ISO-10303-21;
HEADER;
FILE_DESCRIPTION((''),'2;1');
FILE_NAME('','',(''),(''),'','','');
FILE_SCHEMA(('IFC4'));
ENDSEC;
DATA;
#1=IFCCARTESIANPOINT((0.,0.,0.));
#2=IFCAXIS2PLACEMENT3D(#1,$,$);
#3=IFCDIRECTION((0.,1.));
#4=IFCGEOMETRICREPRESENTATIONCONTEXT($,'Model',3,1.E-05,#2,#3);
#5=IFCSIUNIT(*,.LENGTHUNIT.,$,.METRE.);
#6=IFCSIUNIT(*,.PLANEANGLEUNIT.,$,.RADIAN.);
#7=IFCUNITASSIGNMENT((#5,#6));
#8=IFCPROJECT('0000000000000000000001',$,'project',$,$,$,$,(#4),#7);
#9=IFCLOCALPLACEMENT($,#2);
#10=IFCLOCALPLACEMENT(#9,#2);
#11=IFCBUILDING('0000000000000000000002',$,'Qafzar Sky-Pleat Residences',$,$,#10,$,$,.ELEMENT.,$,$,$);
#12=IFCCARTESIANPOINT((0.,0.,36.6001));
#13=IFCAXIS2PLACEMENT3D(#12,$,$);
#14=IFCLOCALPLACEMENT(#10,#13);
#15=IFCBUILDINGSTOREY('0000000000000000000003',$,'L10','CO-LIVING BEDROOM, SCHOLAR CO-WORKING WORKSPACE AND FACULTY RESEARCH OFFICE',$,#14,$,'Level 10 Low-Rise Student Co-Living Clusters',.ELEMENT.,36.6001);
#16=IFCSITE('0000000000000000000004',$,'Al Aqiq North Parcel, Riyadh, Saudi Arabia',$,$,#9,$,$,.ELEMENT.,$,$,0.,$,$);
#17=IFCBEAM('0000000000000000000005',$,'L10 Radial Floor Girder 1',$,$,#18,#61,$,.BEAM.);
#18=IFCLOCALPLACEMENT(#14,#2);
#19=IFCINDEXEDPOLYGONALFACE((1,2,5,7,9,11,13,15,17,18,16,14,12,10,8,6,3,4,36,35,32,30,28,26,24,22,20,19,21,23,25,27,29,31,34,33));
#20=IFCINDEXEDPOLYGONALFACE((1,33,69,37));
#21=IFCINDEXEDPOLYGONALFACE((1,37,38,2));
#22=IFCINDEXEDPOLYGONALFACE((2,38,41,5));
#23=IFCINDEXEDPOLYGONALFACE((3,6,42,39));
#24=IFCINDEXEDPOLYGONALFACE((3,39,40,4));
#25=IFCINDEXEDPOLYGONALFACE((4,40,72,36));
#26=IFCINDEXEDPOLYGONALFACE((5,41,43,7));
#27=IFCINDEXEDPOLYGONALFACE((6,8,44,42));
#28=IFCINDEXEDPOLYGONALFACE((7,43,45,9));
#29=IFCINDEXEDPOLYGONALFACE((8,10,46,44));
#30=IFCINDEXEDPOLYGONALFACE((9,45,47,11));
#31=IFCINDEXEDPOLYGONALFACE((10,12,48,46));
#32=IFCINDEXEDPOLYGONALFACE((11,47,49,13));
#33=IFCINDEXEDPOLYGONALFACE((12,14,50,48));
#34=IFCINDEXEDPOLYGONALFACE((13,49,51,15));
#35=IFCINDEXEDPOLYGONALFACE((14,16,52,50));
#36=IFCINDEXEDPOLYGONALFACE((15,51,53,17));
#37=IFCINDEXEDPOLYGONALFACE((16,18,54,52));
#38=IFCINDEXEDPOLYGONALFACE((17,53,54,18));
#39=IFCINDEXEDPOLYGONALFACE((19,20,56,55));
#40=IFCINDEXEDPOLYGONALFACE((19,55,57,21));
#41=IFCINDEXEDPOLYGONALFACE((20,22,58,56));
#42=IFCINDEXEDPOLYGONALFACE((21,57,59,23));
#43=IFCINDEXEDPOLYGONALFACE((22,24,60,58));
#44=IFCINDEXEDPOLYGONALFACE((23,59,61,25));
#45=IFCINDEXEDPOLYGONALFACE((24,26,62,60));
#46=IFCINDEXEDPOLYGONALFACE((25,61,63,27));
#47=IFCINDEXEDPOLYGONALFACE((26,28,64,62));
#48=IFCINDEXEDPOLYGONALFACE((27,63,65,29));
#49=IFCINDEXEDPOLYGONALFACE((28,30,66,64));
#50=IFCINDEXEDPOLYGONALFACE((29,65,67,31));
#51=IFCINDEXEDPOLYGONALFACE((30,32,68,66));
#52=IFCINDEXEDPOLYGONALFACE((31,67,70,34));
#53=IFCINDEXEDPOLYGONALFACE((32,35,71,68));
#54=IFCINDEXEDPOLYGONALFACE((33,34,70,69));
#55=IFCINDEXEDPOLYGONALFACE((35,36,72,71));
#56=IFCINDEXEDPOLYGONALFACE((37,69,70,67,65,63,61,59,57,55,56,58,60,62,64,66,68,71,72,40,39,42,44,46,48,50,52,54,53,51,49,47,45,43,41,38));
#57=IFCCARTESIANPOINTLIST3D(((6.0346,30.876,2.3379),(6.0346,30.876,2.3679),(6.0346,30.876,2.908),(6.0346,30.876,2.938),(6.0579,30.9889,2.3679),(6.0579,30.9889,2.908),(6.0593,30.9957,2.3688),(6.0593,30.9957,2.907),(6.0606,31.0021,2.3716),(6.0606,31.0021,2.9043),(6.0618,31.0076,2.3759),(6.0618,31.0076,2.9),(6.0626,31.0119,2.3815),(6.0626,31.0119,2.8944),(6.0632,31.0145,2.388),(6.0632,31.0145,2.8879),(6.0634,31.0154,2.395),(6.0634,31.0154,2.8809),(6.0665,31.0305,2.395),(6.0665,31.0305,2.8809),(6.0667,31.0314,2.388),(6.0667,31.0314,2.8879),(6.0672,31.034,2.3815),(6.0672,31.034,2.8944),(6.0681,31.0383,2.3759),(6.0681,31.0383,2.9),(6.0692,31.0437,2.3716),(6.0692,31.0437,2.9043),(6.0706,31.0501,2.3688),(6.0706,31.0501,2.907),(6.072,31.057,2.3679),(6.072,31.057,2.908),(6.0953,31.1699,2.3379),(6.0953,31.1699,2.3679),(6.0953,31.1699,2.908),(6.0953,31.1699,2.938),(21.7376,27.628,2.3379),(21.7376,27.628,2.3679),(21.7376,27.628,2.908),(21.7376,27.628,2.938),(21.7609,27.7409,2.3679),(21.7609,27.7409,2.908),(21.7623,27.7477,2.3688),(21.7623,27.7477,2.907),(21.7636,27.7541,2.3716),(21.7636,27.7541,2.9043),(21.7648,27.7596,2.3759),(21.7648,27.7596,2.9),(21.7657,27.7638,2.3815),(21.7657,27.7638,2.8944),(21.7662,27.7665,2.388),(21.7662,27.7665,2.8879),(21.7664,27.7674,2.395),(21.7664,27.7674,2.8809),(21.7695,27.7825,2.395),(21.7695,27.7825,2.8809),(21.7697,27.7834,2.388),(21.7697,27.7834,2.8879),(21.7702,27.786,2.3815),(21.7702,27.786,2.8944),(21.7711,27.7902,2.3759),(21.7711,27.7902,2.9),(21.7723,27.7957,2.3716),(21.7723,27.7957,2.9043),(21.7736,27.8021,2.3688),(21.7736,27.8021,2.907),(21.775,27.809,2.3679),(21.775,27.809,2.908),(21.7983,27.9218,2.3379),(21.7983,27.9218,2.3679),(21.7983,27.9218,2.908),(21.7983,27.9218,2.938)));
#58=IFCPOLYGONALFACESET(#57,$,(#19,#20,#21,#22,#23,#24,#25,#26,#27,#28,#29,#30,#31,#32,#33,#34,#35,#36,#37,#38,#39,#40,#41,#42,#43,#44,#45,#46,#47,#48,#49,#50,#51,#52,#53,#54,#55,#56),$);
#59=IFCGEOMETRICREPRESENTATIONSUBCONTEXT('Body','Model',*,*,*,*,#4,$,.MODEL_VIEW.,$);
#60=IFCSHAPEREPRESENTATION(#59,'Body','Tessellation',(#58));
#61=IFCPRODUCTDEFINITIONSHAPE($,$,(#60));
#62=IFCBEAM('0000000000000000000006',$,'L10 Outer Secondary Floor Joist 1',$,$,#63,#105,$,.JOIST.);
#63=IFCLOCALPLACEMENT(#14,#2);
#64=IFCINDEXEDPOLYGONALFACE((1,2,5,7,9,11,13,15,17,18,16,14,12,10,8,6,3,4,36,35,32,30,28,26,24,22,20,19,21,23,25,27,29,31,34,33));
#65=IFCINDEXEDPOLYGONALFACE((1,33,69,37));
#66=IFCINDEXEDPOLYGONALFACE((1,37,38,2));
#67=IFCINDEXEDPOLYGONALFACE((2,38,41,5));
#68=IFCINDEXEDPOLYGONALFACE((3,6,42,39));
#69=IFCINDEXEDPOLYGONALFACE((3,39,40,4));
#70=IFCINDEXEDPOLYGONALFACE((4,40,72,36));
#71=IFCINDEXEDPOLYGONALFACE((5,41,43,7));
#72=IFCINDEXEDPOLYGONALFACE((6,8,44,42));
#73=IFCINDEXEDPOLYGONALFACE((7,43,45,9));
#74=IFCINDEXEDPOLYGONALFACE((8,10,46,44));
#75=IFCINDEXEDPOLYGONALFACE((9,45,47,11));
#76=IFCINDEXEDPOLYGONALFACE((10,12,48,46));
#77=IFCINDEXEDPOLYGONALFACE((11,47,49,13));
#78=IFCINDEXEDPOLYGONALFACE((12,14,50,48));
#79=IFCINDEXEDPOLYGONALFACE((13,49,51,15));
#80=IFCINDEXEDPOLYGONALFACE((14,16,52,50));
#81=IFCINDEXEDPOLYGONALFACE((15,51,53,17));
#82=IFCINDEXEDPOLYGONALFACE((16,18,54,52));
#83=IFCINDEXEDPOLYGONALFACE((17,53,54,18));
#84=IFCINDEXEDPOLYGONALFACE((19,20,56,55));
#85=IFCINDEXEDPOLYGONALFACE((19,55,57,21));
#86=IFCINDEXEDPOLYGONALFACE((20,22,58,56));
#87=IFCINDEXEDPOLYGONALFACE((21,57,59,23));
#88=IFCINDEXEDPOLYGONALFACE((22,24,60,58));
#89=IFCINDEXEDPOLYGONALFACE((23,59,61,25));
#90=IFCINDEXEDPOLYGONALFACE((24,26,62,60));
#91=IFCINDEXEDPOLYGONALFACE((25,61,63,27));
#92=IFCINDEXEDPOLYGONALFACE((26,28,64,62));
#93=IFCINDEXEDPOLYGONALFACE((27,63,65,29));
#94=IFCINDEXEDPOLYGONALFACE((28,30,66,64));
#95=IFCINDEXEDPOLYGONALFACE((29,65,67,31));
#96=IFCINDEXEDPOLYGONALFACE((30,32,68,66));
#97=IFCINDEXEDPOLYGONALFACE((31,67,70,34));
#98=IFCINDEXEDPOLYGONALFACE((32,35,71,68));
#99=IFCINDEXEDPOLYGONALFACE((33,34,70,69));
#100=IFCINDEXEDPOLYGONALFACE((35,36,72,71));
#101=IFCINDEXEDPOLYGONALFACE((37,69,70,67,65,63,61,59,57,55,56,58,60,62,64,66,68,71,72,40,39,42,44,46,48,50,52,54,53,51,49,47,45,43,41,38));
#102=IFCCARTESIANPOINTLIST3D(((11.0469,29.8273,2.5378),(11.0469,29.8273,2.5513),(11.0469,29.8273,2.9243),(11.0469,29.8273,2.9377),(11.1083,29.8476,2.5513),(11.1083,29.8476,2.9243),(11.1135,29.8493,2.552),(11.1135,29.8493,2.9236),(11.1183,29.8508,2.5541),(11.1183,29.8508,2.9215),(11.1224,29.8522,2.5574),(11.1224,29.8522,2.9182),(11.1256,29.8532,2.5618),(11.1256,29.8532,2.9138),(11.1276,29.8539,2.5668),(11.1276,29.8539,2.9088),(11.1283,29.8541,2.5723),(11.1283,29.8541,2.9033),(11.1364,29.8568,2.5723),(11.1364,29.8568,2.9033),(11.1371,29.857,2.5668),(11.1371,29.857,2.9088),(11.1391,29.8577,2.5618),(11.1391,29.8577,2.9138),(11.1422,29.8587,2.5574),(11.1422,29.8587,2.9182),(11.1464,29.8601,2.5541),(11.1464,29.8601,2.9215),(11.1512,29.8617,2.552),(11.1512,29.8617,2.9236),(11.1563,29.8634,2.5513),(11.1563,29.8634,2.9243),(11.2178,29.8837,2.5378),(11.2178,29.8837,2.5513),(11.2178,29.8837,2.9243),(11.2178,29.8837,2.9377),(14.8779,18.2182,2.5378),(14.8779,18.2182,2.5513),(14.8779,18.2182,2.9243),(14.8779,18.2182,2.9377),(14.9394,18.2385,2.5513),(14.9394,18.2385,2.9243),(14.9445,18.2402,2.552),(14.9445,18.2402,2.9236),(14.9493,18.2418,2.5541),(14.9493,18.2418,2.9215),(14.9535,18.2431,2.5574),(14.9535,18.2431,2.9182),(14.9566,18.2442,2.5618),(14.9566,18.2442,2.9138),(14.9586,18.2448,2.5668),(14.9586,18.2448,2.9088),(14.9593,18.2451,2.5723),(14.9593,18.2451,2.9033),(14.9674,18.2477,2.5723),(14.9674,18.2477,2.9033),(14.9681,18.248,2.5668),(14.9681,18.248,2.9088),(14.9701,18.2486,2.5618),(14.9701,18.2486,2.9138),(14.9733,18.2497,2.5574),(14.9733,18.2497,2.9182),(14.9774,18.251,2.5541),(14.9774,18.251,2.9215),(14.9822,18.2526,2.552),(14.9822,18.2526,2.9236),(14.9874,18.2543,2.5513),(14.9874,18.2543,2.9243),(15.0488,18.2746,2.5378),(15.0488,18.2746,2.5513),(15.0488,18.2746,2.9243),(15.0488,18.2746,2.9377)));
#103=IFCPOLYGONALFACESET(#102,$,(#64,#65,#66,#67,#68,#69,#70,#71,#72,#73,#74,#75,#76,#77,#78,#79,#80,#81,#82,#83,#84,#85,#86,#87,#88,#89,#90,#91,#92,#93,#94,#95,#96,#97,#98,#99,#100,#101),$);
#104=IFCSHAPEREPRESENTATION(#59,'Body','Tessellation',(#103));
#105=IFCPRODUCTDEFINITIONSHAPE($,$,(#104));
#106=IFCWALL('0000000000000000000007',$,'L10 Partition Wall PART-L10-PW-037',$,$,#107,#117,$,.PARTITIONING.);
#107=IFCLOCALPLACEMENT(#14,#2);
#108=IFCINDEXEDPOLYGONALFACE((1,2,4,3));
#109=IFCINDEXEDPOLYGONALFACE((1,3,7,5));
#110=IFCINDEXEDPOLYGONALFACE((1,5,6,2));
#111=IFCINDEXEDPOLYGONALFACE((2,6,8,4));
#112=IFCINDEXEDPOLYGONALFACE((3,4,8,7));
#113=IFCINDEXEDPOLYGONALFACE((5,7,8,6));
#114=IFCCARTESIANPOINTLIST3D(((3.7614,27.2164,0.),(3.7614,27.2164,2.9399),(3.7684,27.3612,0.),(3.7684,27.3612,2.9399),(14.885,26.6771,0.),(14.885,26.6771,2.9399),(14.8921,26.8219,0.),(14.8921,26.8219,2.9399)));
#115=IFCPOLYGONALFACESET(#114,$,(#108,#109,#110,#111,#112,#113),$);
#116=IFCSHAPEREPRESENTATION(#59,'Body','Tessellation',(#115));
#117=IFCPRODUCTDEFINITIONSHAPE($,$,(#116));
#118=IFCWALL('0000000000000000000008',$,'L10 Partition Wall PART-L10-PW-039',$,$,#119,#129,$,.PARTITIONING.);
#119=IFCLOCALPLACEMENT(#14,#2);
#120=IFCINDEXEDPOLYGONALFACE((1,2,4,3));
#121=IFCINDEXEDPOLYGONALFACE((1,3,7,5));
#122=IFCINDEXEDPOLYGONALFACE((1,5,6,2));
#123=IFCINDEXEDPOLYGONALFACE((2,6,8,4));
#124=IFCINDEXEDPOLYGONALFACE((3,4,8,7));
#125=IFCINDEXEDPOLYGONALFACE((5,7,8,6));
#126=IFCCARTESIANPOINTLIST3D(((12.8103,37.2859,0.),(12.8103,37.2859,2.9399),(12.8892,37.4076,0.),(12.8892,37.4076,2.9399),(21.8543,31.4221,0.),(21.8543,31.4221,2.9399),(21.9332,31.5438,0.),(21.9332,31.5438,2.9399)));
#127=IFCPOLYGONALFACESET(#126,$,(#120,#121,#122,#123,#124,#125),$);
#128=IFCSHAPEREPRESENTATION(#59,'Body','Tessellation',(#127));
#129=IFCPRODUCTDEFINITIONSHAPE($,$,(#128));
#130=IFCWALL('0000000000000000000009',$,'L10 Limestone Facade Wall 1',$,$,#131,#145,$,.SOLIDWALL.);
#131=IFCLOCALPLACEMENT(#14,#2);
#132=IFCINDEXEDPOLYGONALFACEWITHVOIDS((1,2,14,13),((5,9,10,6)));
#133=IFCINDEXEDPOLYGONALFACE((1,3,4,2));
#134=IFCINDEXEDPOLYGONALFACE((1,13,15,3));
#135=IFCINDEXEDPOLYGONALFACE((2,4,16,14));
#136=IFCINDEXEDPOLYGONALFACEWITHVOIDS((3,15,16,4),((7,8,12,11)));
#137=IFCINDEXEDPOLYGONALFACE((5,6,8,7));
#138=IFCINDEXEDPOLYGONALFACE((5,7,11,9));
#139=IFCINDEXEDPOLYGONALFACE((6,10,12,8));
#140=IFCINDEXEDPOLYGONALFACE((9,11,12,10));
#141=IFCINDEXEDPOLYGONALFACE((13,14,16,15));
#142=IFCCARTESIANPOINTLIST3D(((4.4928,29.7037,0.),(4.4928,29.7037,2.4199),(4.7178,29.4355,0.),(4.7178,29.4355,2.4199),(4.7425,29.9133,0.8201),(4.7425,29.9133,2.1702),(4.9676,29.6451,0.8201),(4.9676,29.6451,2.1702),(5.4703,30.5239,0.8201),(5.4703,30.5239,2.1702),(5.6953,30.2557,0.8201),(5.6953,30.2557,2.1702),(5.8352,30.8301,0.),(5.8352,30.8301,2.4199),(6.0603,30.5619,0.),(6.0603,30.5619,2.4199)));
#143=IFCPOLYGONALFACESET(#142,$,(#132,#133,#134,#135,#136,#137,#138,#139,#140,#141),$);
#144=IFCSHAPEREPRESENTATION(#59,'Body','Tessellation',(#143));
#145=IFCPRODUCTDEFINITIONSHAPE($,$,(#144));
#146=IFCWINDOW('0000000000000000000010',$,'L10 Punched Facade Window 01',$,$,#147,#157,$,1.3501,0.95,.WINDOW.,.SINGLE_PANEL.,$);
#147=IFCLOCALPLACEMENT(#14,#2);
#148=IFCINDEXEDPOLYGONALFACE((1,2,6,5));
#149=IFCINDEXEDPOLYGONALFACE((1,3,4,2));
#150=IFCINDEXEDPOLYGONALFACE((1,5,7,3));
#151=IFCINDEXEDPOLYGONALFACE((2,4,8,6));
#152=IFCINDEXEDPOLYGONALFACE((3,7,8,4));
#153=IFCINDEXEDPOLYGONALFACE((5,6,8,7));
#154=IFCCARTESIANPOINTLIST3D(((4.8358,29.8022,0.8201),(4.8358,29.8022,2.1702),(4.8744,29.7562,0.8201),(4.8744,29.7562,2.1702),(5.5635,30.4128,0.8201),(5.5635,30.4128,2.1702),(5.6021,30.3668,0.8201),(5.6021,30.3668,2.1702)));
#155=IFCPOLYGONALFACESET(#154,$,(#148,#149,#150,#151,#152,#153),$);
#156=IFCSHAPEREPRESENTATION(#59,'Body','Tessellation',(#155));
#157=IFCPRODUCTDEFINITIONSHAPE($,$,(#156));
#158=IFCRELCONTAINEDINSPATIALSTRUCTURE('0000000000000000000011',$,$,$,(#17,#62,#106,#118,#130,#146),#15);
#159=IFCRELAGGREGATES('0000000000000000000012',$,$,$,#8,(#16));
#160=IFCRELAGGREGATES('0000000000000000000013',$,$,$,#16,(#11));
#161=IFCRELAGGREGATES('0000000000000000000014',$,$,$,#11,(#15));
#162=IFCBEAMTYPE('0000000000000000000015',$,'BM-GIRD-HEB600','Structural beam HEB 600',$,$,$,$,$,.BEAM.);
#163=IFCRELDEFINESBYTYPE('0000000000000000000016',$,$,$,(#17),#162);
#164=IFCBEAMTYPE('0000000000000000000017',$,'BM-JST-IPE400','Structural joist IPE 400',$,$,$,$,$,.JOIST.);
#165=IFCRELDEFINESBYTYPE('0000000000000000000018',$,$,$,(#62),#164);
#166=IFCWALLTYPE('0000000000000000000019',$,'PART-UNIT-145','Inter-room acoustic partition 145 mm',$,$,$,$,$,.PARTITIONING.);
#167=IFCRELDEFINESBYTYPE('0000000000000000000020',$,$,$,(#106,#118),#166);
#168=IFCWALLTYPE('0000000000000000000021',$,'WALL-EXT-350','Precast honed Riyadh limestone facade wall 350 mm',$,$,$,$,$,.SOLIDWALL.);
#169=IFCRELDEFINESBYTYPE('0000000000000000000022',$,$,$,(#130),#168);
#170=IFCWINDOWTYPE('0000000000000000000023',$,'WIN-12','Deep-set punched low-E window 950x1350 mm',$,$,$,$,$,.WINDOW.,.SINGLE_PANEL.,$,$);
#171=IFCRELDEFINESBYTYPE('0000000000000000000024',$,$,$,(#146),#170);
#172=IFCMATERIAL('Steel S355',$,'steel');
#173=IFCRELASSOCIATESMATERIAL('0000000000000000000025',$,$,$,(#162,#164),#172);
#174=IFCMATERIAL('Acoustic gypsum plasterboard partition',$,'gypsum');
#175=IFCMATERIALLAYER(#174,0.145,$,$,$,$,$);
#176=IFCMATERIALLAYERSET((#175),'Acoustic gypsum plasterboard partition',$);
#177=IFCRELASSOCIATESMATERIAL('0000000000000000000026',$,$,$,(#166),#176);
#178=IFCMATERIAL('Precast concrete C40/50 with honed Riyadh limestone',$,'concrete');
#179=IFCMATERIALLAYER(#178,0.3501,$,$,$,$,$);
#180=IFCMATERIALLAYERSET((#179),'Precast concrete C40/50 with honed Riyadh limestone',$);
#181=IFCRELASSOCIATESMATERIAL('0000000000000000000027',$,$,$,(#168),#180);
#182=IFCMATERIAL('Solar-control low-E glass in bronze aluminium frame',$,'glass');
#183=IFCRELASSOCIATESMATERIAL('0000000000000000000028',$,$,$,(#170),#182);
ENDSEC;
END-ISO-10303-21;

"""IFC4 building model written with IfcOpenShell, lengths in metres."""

from ifc_helpers import new_model, si_unit, direction, frame, frame_2d, origin, origin_2d, place, context, subcontext, project, spatial, rectangle, i_section, extrude, source, transform, mapped, material, layer, layer_set, material_profile, profile_set, type_object, element, fill, save


model = new_model("IFC4")

# Units and contexts
model_context = context("Model", 3, precision=1e-05, world=origin(), true_north=direction((0.0, 1.0)))
body_context = subcontext(model_context, "Body", "Model", "MODEL_VIEW")
ifc_project = project(units=[si_unit("LENGTHUNIT", "METRE"), si_unit("PLANEANGLEUNIT", "RADIAN")], contexts=[model_context])

# Site, building, storey
site_placement = place(None, origin())
site = spatial("IfcSite", under=ifc_project, at=site_placement, Name="Al Aqiq North Parcel, Riyadh, Saudi Arabia", CompositionType="ELEMENT", RefElevation=0.0)
building_placement = place(site_placement, origin())
building = spatial("IfcBuilding", under=site, at=building_placement, Name="Qafzar Sky-Pleat Residences", CompositionType="ELEMENT")
storey_placement = place(building_placement, frame((0.0, 0.0, 36.6001)))
storey = spatial("IfcBuildingStorey", under=building, at=storey_placement, Name="L10", Description="CO-LIVING BEDROOM, SCHOLAR CO-WORKING WORKSPACE AND FACULTY RESEARCH OFFICE", LongName="Level 10 Low-Rise Student Co-Living Clusters", CompositionType="ELEMENT", Elevation=36.6001)

# Beams
ifc_material_1 = material(Name="Steel S355", Category="steel")
ifc_material_profile_1 = material_profile(ifc_material_1, i_section(OverallWidth=0.3, OverallDepth=0.6001, WebThickness=0.0154, FlangeThickness=0.03, FilletRadius=0.0271, at=origin_2d()), Name="HEB 600")
ifc_profile_set_1 = profile_set([ifc_material_profile_1], Name="Steel S355")
beam_type_1 = type_object("IfcBeamType", Name="BM-GIRD-HEB600", Description="Structural beam HEB 600", PredefinedType="BEAM", material=ifc_profile_set_1)
shared_shape_1 = source(origin(), body_context, "Body", "SweptSolid", [
    extrude(i_section(OverallWidth=0.3, OverallDepth=0.6001, WebThickness=0.0154, FlangeThickness=0.03, FilletRadius=0.0271, at=origin_2d()), origin(), (0.0, 0.0, 1.0), 16.0354),
])
beam_1_placement = place(storey_placement, frame((6.0649, 31.0229, 2.6379), z_axis=(0.979271, -0.202553, 0.0), x_axis=(0.202553, 0.979271, 0.0)))
element("IfcBeam", 1, at=beam_1_placement, inside=storey, type_object=beam_type_1, Name="L10 Radial Floor Girder 1", PredefinedType="BEAM", context=body_context, shape_type="MappedRepresentation", body=[
    mapped(shared_shape_1, transform((0.0, 0.0, 0.0), x_axis=(1.0, 0.0, 0.0), y_axis=(0.0, 1.0, 0.0), z_axis=(0.0, 0.0, 1.0), scale=1.0)),
])
ifc_material_profile_2 = material_profile(ifc_material_1, i_section(OverallWidth=0.1799, OverallDepth=0.3999, WebThickness=0.0085, FlangeThickness=0.0134, FilletRadius=0.021, at=origin_2d()), Name="IPE 400")
ifc_profile_set_2 = profile_set([ifc_material_profile_2], Name="Steel S355")
beam_type_2 = type_object("IfcBeamType", Name="BM-JST-IPE400", Description="Structural joist IPE 400", PredefinedType="JOIST", material=ifc_profile_set_2)
shared_shape_2 = source(origin(), body_context, "Body", "SweptSolid", [
    extrude(i_section(OverallWidth=0.1799, OverallDepth=0.3999, WebThickness=0.0085, FlangeThickness=0.0134, FilletRadius=0.021, at=origin_2d()), origin(), (0.0, 0.0, 1.0), 12.2249),
])
beam_2_placement = place(storey_placement, frame((11.1323, 29.8555, 2.7378), z_axis=(0.313381, -0.949628, 0.0), x_axis=(0.949628, 0.313381, 0.0)))
element("IfcBeam", 2, at=beam_2_placement, inside=storey, type_object=beam_type_2, Name="L10 Outer Secondary Floor Joist 1", PredefinedType="JOIST", context=body_context, shape_type="MappedRepresentation", body=[
    mapped(shared_shape_2, transform((0.0, 0.0, 0.0), x_axis=(1.0, 0.0, 0.0), y_axis=(0.0, 1.0, 0.0), z_axis=(0.0, 0.0, 1.0), scale=1.0)),
])

# Walls
ifc_material_2 = material(Name="Acoustic gypsum plasterboard partition", Category="gypsum")
ifc_layer_1 = layer(ifc_material_2, 0.145)
ifc_layer_set_1 = layer_set([ifc_layer_1], Name="Acoustic gypsum plasterboard partition")
wall_type_1 = type_object("IfcWallType", Name="PART-UNIT-145", Description="Inter-room acoustic partition 145 mm", PredefinedType="PARTITIONING", material=ifc_layer_set_1)
wall_1_placement = place(storey_placement, frame((3.7649, 27.2888, 0.0), z_axis=(0.0, 0.0, 1.0), x_axis=(0.998827, -0.048427, 0.0)))
element("IfcWall", 3, at=wall_1_placement, inside=storey, type_object=wall_type_1, Name="L10 Partition Wall PART-L10-PW-037", PredefinedType="PARTITIONING", context=body_context, shape_type="SweptSolid", body=[
    extrude(rectangle(XDim=11.1367, YDim=0.145, at=frame_2d((5.5684, 0.0))), origin(), (0.0, 0.0, 1.0), 2.9399),
])
wall_2_placement = place(storey_placement, frame((12.8499, 37.3467, 0.0), z_axis=(0.0, 0.0, 1.0), x_axis=(0.83907, -0.544023, 0.0)))
element("IfcWall", 4, at=wall_2_placement, inside=storey, type_object=wall_type_1, Name="L10 Partition Wall PART-L10-PW-039", PredefinedType="PARTITIONING", context=body_context, shape_type="SweptSolid", body=[
    extrude(rectangle(XDim=10.7786, YDim=0.145, at=frame_2d((5.3892, 0.0))), origin(), (0.0, 0.0, 1.0), 2.9399),
])

# Wall, opening, window
ifc_material_3 = material(Name="Precast concrete C40/50 with honed Riyadh limestone", Category="concrete")
ifc_layer_2 = layer(ifc_material_3, 0.3501)
ifc_layer_set_2 = layer_set([ifc_layer_2], Name="Precast concrete C40/50 with honed Riyadh limestone")
wall_type_2 = type_object("IfcWallType", Name="WALL-EXT-350", Description="Precast honed Riyadh limestone facade wall 350 mm", PredefinedType="SOLIDWALL", material=ifc_layer_set_2)
wall_3_placement = place(storey_placement, frame((5.9478, 30.696, 0.0), z_axis=(0.0, 0.0, 1.0), x_axis=(-0.766059, -0.642771, 0.0)))
wall_3 = element("IfcWall", 5, at=wall_3_placement, inside=storey, type_object=wall_type_2, Name="L10 Limestone Facade Wall 1", PredefinedType="SOLIDWALL", context=body_context, shape_type="SweptSolid", body=[
    extrude(rectangle(XDim=1.7524, YDim=0.3501, at=frame_2d((0.8762, 0.0))), origin(), (0.0, 0.0, 1.0), 2.4199),
])
opening_1_placement = place(wall_3_placement, frame((0.4763, 0.0, 0.8201)))
opening_1 = element("IfcOpeningElement", 6, at=opening_1_placement, cuts=wall_3, PredefinedType="OPENING", context=body_context, shape_type="SweptSolid", body=[
    extrude(rectangle(XDim=0.95, YDim=1.3501, at=frame_2d((0.4751, 0.675))), frame((0.0, 0.1851, 0.0), z_axis=(0.0, -1.0, 0.0), x_axis=(1.0, 0.0, 0.0)), (0.0, 0.0, 1.0), 0.3701),
])
ifc_material_4 = material(Name="Solar-control low-E glass in bronze aluminium frame", Category="glass")
window_type_1 = type_object("IfcWindowType", Name="WIN-12", Description="Deep-set punched low-E window 950x1350 mm", PartitioningType="SINGLE_PANEL", PredefinedType="WINDOW", material=ifc_material_4)
shared_shape_3 = source(origin(), body_context, "Body", "SweptSolid", [
    extrude(rectangle(XDim=0.95, YDim=1.3501, at=frame_2d((0.4751, 0.675))), frame((0.0, 0.03, 0.0), z_axis=(0.0, -1.0, 0.0), x_axis=(1.0, 0.0, 0.0)), (0.0, 0.0, 1.0), 0.0601),
])
window_1_placement = place(opening_1_placement, origin())
window_1 = element("IfcWindow", 7, at=window_1_placement, inside=storey, type_object=window_type_1, Name="L10 Punched Facade Window 01", OverallHeight=1.3501, OverallWidth=0.95, PartitioningType="SINGLE_PANEL", PredefinedType="WINDOW", context=body_context, shape_type="MappedRepresentation", body=[
    mapped(shared_shape_3, transform((0.0, 0.0, 0.0), x_axis=(1.0, 0.0, 0.0), y_axis=(0.0, 1.0, 0.0), z_axis=(0.0, 0.0, 1.0), scale=1.0)),
])
fill(opening_1, window_1)

save(model, "model.ifc")
